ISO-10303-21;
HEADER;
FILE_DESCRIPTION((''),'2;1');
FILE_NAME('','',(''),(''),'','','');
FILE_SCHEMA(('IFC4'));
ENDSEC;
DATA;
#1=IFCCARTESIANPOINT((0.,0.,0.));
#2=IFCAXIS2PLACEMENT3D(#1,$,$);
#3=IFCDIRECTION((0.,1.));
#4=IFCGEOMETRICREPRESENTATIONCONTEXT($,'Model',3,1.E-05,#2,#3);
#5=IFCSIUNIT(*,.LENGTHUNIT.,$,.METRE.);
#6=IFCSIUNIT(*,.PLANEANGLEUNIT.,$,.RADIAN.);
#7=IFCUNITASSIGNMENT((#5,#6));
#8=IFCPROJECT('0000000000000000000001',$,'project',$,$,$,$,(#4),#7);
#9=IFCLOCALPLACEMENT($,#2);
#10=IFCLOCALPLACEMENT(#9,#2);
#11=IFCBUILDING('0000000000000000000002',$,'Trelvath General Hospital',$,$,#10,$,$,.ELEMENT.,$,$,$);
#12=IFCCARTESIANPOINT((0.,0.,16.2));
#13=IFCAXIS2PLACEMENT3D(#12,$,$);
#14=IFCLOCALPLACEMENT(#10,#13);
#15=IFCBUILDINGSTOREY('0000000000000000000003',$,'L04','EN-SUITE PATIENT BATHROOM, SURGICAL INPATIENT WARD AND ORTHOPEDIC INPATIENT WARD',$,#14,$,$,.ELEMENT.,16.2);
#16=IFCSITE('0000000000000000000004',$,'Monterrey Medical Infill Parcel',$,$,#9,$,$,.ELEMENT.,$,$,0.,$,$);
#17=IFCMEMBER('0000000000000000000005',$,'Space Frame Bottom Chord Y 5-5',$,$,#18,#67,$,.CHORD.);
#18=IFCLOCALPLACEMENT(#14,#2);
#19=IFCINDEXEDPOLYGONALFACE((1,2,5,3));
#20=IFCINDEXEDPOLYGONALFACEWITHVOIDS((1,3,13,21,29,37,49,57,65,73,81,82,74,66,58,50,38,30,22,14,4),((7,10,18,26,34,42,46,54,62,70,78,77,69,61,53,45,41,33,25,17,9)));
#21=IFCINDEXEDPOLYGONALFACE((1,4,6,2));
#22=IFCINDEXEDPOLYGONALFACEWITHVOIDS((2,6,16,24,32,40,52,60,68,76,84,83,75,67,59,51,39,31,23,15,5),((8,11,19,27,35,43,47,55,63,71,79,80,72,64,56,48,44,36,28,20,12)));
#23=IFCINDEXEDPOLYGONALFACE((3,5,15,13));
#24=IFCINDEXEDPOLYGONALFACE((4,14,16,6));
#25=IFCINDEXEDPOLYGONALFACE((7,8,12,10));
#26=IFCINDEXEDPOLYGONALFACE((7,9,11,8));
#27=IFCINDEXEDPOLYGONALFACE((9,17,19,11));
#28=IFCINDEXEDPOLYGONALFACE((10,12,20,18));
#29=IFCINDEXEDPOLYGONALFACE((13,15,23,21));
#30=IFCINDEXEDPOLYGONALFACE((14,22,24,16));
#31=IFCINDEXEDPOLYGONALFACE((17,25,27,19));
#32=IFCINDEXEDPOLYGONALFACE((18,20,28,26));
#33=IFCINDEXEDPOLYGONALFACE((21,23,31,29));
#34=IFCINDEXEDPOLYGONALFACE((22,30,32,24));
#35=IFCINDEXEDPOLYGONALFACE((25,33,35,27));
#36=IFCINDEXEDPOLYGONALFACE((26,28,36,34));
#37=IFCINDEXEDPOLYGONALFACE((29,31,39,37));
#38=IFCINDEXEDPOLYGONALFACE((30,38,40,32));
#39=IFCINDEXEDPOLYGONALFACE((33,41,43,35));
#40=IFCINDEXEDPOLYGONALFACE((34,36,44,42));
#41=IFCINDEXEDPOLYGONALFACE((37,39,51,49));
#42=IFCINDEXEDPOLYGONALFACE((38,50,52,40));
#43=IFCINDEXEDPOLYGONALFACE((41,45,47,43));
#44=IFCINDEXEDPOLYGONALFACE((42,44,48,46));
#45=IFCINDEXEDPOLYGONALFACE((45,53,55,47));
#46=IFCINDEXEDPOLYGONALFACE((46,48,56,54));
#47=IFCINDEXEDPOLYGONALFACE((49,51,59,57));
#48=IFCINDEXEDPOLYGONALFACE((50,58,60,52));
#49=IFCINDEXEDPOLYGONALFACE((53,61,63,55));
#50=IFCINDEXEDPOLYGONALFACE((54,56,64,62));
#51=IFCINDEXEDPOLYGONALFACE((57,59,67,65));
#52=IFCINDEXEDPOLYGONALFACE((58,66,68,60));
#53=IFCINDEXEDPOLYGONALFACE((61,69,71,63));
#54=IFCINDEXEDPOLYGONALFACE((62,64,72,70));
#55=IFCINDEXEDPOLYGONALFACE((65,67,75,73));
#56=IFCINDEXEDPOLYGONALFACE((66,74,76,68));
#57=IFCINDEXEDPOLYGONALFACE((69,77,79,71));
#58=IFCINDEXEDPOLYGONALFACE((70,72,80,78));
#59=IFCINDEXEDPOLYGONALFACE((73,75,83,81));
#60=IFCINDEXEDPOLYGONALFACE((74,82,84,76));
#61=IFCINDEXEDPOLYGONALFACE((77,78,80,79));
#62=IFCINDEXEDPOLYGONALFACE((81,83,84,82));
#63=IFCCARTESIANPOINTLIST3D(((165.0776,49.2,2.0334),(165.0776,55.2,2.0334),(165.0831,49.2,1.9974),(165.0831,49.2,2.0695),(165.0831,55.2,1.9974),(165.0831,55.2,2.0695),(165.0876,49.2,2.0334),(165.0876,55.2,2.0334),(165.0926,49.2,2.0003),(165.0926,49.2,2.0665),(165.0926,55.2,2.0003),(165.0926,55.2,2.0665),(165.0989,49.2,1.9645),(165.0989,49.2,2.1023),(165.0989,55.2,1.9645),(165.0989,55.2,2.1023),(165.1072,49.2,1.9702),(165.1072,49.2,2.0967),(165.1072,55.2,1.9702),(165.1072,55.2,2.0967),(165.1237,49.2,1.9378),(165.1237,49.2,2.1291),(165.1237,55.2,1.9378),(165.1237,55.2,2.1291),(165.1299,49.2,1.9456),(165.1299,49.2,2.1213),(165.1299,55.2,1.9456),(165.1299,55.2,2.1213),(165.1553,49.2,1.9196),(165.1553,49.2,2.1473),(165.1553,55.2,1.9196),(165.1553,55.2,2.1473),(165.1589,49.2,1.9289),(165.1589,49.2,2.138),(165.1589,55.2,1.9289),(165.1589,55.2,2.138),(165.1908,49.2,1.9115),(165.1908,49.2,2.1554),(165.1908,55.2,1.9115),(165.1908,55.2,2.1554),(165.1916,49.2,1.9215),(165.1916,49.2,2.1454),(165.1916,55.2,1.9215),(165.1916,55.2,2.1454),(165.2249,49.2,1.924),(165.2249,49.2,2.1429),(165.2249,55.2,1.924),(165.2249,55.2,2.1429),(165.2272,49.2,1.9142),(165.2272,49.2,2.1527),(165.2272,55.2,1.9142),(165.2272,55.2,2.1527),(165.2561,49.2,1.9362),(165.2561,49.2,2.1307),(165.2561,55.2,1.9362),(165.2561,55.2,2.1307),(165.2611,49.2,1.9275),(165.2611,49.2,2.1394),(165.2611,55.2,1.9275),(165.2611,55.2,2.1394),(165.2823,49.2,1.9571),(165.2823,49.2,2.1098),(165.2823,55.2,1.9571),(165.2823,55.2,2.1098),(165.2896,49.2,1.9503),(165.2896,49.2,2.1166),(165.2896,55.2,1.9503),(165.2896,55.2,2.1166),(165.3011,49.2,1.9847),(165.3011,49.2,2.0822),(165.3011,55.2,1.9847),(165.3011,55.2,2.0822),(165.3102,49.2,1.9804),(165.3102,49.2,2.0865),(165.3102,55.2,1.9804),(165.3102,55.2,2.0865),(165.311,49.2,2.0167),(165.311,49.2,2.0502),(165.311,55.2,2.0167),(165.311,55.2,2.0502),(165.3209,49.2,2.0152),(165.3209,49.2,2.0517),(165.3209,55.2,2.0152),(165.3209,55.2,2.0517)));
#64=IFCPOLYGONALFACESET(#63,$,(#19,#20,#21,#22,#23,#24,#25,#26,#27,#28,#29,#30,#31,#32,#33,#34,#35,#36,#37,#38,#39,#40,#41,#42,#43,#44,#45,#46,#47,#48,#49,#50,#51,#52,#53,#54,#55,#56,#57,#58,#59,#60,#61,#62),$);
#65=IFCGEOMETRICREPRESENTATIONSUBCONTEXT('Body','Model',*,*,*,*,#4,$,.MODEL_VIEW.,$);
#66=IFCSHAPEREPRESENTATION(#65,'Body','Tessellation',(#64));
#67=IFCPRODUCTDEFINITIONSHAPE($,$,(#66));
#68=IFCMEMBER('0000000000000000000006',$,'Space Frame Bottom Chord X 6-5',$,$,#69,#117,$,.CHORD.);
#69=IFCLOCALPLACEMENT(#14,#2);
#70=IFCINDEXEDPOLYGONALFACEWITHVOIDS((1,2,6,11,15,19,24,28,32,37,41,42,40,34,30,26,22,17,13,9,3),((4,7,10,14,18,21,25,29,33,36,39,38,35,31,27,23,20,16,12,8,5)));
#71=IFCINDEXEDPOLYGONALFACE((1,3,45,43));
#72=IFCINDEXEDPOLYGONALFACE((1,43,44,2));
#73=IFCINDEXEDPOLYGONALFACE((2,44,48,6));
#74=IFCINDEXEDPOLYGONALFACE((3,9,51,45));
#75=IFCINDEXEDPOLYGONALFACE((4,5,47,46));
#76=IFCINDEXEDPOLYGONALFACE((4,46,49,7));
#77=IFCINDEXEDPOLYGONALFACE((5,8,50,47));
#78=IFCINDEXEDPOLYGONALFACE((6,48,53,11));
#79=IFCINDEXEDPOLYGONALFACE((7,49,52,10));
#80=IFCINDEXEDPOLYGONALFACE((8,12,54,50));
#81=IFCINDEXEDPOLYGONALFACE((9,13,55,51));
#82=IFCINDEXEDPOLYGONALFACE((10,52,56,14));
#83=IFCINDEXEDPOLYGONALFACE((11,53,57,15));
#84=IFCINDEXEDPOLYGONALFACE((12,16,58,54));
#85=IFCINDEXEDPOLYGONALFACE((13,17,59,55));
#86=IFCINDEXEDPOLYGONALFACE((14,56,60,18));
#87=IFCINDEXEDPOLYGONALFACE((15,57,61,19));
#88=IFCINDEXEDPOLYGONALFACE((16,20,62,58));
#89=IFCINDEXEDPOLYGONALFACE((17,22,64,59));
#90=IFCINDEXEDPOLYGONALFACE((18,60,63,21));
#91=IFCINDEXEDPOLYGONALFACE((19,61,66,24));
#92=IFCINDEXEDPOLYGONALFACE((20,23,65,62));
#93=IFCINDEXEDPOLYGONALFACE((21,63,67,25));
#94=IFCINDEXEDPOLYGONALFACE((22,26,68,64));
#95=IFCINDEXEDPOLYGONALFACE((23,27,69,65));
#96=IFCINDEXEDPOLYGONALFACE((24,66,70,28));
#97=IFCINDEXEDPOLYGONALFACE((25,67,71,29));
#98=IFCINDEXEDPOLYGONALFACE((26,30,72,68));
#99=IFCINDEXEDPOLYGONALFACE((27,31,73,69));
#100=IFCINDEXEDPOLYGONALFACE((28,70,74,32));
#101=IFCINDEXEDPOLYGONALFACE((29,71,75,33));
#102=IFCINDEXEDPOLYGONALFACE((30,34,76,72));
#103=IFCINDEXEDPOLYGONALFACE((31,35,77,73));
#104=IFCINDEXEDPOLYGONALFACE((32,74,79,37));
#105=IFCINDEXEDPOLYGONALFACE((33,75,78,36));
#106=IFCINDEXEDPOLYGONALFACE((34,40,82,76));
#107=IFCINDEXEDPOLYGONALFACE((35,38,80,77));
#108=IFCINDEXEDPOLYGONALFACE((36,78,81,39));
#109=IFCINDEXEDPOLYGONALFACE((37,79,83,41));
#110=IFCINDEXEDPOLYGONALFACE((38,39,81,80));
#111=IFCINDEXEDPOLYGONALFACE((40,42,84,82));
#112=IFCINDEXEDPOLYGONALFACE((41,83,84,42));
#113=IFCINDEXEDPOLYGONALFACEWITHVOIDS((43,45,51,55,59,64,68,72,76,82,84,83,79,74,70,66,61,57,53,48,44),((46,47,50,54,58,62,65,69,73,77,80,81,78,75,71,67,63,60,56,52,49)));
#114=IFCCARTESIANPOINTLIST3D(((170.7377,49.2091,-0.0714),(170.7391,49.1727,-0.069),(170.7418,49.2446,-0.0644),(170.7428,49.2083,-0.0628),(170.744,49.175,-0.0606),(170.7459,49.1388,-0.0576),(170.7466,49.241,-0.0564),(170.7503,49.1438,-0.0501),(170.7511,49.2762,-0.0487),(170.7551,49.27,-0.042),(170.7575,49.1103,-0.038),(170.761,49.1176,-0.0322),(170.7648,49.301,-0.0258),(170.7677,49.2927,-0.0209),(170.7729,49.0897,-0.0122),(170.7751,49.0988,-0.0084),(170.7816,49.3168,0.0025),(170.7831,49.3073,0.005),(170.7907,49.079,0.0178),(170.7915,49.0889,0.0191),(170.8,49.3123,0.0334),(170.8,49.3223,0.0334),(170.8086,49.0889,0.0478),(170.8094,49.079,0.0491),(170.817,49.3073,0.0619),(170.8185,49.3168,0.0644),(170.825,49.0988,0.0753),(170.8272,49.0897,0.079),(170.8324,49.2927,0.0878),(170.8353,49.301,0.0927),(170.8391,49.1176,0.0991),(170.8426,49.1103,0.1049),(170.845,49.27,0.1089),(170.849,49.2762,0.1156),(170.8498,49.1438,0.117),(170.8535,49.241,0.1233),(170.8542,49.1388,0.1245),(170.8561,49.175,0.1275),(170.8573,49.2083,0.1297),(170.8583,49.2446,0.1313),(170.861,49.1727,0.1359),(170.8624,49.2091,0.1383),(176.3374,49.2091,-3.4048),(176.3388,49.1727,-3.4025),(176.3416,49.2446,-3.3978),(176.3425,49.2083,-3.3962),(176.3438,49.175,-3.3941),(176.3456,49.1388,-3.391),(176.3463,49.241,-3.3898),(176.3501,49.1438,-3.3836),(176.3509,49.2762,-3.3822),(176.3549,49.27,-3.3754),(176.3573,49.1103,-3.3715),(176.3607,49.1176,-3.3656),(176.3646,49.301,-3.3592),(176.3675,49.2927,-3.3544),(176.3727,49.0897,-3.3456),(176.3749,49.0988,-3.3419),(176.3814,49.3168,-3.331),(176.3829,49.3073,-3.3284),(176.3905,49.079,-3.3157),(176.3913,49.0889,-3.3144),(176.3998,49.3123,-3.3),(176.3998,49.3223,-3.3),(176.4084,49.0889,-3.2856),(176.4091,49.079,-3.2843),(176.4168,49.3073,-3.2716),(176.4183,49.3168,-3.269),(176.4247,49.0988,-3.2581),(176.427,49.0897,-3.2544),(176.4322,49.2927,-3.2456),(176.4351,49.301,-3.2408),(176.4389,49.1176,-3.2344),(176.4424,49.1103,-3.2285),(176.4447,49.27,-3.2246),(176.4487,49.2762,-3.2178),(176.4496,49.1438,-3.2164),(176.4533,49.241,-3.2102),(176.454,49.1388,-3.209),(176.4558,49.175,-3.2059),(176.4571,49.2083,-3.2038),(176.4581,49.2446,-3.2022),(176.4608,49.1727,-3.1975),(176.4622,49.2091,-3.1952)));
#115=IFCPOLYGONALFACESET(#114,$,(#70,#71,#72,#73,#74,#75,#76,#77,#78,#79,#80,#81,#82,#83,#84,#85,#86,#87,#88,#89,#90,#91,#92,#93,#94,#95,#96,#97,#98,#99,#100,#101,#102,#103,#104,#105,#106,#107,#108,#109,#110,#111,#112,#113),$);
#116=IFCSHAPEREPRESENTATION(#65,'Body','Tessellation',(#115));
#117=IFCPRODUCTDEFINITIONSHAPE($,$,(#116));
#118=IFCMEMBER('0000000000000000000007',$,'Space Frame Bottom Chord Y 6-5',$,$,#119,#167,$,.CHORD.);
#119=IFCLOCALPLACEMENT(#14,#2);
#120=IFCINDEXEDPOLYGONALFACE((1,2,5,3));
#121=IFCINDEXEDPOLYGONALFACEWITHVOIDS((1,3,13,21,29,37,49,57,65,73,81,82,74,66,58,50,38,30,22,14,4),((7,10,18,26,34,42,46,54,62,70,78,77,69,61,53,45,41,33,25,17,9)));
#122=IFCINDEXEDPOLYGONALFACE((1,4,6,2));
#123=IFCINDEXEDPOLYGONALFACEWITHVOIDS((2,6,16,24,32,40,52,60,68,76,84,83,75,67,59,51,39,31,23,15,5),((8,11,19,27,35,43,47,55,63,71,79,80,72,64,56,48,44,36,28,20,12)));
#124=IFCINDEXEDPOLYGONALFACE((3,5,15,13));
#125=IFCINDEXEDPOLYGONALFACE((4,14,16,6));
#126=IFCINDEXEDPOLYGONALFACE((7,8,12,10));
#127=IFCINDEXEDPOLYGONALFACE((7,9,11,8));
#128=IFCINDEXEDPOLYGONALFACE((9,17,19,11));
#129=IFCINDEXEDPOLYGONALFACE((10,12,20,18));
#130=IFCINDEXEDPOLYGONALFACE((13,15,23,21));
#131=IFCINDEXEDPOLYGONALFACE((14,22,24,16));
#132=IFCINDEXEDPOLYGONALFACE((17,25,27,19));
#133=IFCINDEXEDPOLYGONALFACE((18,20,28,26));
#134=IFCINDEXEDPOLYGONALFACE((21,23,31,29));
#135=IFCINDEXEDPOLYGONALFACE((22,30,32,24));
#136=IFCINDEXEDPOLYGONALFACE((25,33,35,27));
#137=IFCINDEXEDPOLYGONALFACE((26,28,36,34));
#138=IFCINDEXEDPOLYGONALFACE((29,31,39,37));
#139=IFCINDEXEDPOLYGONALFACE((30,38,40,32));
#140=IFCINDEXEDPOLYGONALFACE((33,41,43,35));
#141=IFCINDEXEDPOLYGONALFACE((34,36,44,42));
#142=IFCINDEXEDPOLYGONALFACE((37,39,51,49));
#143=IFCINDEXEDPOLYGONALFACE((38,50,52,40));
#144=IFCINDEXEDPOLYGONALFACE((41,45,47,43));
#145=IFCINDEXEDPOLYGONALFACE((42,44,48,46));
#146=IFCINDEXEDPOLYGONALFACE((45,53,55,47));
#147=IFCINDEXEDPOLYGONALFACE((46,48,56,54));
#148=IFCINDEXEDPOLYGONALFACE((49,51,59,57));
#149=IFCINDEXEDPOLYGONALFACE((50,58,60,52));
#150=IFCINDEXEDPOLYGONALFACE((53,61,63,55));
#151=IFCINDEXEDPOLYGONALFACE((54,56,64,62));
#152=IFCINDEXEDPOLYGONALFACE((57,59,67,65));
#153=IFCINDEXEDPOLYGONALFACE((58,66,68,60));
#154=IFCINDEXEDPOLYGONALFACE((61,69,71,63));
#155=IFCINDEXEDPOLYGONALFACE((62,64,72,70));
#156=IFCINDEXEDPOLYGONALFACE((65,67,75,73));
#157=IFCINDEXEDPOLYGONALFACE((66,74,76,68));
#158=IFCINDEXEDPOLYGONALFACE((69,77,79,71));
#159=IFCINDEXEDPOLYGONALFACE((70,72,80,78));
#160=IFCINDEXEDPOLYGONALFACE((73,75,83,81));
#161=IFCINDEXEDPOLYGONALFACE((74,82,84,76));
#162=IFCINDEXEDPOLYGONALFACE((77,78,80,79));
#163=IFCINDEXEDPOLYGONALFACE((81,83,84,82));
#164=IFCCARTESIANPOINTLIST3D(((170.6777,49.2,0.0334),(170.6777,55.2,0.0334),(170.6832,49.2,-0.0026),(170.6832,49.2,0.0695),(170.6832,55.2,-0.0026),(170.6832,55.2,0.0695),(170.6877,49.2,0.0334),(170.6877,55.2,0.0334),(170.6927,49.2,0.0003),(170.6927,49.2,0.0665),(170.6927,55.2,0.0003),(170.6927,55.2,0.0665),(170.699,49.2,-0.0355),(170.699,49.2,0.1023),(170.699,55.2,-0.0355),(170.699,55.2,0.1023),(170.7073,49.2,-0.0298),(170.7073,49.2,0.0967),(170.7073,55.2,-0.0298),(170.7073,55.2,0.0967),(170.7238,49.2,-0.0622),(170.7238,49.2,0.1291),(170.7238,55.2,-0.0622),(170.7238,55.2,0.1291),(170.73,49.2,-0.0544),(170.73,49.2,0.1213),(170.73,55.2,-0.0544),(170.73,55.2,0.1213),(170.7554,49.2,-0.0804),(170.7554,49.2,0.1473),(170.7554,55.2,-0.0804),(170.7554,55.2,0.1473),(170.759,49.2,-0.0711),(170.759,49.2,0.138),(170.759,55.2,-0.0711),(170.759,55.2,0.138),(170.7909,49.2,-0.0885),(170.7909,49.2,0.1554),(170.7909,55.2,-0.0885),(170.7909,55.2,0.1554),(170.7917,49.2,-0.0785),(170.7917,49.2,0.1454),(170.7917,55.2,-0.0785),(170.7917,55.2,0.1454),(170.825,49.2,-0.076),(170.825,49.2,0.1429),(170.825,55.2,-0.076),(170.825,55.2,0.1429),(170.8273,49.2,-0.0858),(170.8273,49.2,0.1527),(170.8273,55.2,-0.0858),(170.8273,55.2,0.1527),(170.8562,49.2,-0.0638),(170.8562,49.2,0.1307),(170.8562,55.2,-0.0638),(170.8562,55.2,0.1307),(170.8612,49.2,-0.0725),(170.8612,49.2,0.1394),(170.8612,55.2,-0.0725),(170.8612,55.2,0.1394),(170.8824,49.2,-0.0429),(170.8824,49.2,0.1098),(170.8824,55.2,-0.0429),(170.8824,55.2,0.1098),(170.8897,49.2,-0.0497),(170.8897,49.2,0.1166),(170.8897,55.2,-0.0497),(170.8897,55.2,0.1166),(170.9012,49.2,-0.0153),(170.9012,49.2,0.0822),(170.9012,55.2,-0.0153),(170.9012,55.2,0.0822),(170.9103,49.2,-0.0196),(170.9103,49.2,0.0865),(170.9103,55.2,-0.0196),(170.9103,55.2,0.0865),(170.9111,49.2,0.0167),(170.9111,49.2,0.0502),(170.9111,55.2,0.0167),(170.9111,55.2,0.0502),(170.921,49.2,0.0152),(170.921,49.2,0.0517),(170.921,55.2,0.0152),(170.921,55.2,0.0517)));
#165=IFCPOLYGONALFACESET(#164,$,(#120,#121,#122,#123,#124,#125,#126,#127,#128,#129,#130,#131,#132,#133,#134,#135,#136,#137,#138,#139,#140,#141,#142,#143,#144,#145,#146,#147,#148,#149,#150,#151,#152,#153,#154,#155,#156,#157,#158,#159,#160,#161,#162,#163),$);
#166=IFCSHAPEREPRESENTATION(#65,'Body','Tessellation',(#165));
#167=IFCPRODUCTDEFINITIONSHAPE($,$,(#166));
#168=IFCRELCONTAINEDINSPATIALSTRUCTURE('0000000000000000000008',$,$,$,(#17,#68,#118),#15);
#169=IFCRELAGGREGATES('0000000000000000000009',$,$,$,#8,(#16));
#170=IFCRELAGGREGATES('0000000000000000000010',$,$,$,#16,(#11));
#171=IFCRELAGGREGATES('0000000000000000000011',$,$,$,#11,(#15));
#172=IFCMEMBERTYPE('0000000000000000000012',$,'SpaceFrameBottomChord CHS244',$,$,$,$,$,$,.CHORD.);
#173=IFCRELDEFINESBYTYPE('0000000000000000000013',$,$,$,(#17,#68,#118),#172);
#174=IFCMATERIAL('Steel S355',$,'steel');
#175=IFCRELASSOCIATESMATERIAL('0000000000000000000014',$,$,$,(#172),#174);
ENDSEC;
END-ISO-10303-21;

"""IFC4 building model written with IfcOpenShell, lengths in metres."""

from ifc_helpers import new_model, si_unit, direction, frame, origin, origin_2d, place, context, subcontext, project, spatial, hollow_circle, extrude, material, material_profile, profile_set, type_object, element, save


model = new_model("IFC4")

# Units and contexts
model_context = context("Model", 3, precision=1e-05, world=origin(), true_north=direction((0.0, 1.0)))
body_context = subcontext(model_context, "Body", "Model", "MODEL_VIEW")
ifc_project = project(units=[si_unit("LENGTHUNIT", "METRE"), si_unit("PLANEANGLEUNIT", "RADIAN")], contexts=[model_context])

# Site, building, storey
site_placement = place(None, origin())
site = spatial("IfcSite", under=ifc_project, at=site_placement, Name="Monterrey Medical Infill Parcel", CompositionType="ELEMENT", RefElevation=0.0)
building_placement = place(site_placement, origin())
building = spatial("IfcBuilding", under=site, at=building_placement, Name="Trelvath General Hospital", CompositionType="ELEMENT")
storey_placement = place(building_placement, frame((0.0, 0.0, 16.2)))
storey = spatial("IfcBuildingStorey", under=building, at=storey_placement, Name="L04", Description="EN-SUITE PATIENT BATHROOM, SURGICAL INPATIENT WARD AND ORTHOPEDIC INPATIENT WARD", CompositionType="ELEMENT", Elevation=16.2)

# Members
ifc_material_1 = material(Name="Steel S355", Category="steel")
ifc_material_profile_1 = material_profile(ifc_material_1, hollow_circle(Radius=0.1223, WallThickness=0.01, at=origin_2d()), Name="CHS244.5x10.0")
ifc_profile_set_1 = profile_set([ifc_material_profile_1], Name="Steel S355")
member_type_1 = type_object("IfcMemberType", Name="SpaceFrameBottomChord CHS244", PredefinedType="CHORD", material=ifc_profile_set_1)
member_1_placement = place(storey_placement, frame((165.2, 49.2, 2.0334), z_axis=(0.0, 1.0, 0.0), x_axis=(-1.0, 0.0, 0.0)))
element("IfcMember", 1, at=member_1_placement, inside=storey, type_object=member_type_1, Name="Space Frame Bottom Chord Y 5-5", PredefinedType="CHORD", context=body_context, shape_type="SweptSolid", body=[
    extrude(hollow_circle(Radius=0.1223, WallThickness=0.01, at=origin_2d()), origin(), (0.0, 0.0, 1.0), 6.0),
])
member_2_placement = place(storey_placement, frame((170.8, 49.2, 0.0334), z_axis=(0.859276, 0.0, -0.511512), x_axis=(0.0, 1.0, 0.0)))
element("IfcMember", 2, at=member_2_placement, inside=storey, type_object=member_type_1, Name="Space Frame Bottom Chord X 6-5", PredefinedType="CHORD", context=body_context, shape_type="SweptSolid", body=[
    extrude(hollow_circle(Radius=0.1223, WallThickness=0.01, at=origin_2d()), origin(), (0.0, 0.0, 1.0), 6.5168),
])
member_3_placement = place(storey_placement, frame((170.8, 49.2, 0.0334), z_axis=(0.0, 1.0, 0.0), x_axis=(-1.0, 0.0, 0.0)))
element("IfcMember", 3, at=member_3_placement, inside=storey, type_object=member_type_1, Name="Space Frame Bottom Chord Y 6-5", PredefinedType="CHORD", context=body_context, shape_type="SweptSolid", body=[
    extrude(hollow_circle(Radius=0.1223, WallThickness=0.01, at=origin_2d()), origin(), (0.0, 0.0, 1.0), 6.0),
])

save(model, "model.ifc")
